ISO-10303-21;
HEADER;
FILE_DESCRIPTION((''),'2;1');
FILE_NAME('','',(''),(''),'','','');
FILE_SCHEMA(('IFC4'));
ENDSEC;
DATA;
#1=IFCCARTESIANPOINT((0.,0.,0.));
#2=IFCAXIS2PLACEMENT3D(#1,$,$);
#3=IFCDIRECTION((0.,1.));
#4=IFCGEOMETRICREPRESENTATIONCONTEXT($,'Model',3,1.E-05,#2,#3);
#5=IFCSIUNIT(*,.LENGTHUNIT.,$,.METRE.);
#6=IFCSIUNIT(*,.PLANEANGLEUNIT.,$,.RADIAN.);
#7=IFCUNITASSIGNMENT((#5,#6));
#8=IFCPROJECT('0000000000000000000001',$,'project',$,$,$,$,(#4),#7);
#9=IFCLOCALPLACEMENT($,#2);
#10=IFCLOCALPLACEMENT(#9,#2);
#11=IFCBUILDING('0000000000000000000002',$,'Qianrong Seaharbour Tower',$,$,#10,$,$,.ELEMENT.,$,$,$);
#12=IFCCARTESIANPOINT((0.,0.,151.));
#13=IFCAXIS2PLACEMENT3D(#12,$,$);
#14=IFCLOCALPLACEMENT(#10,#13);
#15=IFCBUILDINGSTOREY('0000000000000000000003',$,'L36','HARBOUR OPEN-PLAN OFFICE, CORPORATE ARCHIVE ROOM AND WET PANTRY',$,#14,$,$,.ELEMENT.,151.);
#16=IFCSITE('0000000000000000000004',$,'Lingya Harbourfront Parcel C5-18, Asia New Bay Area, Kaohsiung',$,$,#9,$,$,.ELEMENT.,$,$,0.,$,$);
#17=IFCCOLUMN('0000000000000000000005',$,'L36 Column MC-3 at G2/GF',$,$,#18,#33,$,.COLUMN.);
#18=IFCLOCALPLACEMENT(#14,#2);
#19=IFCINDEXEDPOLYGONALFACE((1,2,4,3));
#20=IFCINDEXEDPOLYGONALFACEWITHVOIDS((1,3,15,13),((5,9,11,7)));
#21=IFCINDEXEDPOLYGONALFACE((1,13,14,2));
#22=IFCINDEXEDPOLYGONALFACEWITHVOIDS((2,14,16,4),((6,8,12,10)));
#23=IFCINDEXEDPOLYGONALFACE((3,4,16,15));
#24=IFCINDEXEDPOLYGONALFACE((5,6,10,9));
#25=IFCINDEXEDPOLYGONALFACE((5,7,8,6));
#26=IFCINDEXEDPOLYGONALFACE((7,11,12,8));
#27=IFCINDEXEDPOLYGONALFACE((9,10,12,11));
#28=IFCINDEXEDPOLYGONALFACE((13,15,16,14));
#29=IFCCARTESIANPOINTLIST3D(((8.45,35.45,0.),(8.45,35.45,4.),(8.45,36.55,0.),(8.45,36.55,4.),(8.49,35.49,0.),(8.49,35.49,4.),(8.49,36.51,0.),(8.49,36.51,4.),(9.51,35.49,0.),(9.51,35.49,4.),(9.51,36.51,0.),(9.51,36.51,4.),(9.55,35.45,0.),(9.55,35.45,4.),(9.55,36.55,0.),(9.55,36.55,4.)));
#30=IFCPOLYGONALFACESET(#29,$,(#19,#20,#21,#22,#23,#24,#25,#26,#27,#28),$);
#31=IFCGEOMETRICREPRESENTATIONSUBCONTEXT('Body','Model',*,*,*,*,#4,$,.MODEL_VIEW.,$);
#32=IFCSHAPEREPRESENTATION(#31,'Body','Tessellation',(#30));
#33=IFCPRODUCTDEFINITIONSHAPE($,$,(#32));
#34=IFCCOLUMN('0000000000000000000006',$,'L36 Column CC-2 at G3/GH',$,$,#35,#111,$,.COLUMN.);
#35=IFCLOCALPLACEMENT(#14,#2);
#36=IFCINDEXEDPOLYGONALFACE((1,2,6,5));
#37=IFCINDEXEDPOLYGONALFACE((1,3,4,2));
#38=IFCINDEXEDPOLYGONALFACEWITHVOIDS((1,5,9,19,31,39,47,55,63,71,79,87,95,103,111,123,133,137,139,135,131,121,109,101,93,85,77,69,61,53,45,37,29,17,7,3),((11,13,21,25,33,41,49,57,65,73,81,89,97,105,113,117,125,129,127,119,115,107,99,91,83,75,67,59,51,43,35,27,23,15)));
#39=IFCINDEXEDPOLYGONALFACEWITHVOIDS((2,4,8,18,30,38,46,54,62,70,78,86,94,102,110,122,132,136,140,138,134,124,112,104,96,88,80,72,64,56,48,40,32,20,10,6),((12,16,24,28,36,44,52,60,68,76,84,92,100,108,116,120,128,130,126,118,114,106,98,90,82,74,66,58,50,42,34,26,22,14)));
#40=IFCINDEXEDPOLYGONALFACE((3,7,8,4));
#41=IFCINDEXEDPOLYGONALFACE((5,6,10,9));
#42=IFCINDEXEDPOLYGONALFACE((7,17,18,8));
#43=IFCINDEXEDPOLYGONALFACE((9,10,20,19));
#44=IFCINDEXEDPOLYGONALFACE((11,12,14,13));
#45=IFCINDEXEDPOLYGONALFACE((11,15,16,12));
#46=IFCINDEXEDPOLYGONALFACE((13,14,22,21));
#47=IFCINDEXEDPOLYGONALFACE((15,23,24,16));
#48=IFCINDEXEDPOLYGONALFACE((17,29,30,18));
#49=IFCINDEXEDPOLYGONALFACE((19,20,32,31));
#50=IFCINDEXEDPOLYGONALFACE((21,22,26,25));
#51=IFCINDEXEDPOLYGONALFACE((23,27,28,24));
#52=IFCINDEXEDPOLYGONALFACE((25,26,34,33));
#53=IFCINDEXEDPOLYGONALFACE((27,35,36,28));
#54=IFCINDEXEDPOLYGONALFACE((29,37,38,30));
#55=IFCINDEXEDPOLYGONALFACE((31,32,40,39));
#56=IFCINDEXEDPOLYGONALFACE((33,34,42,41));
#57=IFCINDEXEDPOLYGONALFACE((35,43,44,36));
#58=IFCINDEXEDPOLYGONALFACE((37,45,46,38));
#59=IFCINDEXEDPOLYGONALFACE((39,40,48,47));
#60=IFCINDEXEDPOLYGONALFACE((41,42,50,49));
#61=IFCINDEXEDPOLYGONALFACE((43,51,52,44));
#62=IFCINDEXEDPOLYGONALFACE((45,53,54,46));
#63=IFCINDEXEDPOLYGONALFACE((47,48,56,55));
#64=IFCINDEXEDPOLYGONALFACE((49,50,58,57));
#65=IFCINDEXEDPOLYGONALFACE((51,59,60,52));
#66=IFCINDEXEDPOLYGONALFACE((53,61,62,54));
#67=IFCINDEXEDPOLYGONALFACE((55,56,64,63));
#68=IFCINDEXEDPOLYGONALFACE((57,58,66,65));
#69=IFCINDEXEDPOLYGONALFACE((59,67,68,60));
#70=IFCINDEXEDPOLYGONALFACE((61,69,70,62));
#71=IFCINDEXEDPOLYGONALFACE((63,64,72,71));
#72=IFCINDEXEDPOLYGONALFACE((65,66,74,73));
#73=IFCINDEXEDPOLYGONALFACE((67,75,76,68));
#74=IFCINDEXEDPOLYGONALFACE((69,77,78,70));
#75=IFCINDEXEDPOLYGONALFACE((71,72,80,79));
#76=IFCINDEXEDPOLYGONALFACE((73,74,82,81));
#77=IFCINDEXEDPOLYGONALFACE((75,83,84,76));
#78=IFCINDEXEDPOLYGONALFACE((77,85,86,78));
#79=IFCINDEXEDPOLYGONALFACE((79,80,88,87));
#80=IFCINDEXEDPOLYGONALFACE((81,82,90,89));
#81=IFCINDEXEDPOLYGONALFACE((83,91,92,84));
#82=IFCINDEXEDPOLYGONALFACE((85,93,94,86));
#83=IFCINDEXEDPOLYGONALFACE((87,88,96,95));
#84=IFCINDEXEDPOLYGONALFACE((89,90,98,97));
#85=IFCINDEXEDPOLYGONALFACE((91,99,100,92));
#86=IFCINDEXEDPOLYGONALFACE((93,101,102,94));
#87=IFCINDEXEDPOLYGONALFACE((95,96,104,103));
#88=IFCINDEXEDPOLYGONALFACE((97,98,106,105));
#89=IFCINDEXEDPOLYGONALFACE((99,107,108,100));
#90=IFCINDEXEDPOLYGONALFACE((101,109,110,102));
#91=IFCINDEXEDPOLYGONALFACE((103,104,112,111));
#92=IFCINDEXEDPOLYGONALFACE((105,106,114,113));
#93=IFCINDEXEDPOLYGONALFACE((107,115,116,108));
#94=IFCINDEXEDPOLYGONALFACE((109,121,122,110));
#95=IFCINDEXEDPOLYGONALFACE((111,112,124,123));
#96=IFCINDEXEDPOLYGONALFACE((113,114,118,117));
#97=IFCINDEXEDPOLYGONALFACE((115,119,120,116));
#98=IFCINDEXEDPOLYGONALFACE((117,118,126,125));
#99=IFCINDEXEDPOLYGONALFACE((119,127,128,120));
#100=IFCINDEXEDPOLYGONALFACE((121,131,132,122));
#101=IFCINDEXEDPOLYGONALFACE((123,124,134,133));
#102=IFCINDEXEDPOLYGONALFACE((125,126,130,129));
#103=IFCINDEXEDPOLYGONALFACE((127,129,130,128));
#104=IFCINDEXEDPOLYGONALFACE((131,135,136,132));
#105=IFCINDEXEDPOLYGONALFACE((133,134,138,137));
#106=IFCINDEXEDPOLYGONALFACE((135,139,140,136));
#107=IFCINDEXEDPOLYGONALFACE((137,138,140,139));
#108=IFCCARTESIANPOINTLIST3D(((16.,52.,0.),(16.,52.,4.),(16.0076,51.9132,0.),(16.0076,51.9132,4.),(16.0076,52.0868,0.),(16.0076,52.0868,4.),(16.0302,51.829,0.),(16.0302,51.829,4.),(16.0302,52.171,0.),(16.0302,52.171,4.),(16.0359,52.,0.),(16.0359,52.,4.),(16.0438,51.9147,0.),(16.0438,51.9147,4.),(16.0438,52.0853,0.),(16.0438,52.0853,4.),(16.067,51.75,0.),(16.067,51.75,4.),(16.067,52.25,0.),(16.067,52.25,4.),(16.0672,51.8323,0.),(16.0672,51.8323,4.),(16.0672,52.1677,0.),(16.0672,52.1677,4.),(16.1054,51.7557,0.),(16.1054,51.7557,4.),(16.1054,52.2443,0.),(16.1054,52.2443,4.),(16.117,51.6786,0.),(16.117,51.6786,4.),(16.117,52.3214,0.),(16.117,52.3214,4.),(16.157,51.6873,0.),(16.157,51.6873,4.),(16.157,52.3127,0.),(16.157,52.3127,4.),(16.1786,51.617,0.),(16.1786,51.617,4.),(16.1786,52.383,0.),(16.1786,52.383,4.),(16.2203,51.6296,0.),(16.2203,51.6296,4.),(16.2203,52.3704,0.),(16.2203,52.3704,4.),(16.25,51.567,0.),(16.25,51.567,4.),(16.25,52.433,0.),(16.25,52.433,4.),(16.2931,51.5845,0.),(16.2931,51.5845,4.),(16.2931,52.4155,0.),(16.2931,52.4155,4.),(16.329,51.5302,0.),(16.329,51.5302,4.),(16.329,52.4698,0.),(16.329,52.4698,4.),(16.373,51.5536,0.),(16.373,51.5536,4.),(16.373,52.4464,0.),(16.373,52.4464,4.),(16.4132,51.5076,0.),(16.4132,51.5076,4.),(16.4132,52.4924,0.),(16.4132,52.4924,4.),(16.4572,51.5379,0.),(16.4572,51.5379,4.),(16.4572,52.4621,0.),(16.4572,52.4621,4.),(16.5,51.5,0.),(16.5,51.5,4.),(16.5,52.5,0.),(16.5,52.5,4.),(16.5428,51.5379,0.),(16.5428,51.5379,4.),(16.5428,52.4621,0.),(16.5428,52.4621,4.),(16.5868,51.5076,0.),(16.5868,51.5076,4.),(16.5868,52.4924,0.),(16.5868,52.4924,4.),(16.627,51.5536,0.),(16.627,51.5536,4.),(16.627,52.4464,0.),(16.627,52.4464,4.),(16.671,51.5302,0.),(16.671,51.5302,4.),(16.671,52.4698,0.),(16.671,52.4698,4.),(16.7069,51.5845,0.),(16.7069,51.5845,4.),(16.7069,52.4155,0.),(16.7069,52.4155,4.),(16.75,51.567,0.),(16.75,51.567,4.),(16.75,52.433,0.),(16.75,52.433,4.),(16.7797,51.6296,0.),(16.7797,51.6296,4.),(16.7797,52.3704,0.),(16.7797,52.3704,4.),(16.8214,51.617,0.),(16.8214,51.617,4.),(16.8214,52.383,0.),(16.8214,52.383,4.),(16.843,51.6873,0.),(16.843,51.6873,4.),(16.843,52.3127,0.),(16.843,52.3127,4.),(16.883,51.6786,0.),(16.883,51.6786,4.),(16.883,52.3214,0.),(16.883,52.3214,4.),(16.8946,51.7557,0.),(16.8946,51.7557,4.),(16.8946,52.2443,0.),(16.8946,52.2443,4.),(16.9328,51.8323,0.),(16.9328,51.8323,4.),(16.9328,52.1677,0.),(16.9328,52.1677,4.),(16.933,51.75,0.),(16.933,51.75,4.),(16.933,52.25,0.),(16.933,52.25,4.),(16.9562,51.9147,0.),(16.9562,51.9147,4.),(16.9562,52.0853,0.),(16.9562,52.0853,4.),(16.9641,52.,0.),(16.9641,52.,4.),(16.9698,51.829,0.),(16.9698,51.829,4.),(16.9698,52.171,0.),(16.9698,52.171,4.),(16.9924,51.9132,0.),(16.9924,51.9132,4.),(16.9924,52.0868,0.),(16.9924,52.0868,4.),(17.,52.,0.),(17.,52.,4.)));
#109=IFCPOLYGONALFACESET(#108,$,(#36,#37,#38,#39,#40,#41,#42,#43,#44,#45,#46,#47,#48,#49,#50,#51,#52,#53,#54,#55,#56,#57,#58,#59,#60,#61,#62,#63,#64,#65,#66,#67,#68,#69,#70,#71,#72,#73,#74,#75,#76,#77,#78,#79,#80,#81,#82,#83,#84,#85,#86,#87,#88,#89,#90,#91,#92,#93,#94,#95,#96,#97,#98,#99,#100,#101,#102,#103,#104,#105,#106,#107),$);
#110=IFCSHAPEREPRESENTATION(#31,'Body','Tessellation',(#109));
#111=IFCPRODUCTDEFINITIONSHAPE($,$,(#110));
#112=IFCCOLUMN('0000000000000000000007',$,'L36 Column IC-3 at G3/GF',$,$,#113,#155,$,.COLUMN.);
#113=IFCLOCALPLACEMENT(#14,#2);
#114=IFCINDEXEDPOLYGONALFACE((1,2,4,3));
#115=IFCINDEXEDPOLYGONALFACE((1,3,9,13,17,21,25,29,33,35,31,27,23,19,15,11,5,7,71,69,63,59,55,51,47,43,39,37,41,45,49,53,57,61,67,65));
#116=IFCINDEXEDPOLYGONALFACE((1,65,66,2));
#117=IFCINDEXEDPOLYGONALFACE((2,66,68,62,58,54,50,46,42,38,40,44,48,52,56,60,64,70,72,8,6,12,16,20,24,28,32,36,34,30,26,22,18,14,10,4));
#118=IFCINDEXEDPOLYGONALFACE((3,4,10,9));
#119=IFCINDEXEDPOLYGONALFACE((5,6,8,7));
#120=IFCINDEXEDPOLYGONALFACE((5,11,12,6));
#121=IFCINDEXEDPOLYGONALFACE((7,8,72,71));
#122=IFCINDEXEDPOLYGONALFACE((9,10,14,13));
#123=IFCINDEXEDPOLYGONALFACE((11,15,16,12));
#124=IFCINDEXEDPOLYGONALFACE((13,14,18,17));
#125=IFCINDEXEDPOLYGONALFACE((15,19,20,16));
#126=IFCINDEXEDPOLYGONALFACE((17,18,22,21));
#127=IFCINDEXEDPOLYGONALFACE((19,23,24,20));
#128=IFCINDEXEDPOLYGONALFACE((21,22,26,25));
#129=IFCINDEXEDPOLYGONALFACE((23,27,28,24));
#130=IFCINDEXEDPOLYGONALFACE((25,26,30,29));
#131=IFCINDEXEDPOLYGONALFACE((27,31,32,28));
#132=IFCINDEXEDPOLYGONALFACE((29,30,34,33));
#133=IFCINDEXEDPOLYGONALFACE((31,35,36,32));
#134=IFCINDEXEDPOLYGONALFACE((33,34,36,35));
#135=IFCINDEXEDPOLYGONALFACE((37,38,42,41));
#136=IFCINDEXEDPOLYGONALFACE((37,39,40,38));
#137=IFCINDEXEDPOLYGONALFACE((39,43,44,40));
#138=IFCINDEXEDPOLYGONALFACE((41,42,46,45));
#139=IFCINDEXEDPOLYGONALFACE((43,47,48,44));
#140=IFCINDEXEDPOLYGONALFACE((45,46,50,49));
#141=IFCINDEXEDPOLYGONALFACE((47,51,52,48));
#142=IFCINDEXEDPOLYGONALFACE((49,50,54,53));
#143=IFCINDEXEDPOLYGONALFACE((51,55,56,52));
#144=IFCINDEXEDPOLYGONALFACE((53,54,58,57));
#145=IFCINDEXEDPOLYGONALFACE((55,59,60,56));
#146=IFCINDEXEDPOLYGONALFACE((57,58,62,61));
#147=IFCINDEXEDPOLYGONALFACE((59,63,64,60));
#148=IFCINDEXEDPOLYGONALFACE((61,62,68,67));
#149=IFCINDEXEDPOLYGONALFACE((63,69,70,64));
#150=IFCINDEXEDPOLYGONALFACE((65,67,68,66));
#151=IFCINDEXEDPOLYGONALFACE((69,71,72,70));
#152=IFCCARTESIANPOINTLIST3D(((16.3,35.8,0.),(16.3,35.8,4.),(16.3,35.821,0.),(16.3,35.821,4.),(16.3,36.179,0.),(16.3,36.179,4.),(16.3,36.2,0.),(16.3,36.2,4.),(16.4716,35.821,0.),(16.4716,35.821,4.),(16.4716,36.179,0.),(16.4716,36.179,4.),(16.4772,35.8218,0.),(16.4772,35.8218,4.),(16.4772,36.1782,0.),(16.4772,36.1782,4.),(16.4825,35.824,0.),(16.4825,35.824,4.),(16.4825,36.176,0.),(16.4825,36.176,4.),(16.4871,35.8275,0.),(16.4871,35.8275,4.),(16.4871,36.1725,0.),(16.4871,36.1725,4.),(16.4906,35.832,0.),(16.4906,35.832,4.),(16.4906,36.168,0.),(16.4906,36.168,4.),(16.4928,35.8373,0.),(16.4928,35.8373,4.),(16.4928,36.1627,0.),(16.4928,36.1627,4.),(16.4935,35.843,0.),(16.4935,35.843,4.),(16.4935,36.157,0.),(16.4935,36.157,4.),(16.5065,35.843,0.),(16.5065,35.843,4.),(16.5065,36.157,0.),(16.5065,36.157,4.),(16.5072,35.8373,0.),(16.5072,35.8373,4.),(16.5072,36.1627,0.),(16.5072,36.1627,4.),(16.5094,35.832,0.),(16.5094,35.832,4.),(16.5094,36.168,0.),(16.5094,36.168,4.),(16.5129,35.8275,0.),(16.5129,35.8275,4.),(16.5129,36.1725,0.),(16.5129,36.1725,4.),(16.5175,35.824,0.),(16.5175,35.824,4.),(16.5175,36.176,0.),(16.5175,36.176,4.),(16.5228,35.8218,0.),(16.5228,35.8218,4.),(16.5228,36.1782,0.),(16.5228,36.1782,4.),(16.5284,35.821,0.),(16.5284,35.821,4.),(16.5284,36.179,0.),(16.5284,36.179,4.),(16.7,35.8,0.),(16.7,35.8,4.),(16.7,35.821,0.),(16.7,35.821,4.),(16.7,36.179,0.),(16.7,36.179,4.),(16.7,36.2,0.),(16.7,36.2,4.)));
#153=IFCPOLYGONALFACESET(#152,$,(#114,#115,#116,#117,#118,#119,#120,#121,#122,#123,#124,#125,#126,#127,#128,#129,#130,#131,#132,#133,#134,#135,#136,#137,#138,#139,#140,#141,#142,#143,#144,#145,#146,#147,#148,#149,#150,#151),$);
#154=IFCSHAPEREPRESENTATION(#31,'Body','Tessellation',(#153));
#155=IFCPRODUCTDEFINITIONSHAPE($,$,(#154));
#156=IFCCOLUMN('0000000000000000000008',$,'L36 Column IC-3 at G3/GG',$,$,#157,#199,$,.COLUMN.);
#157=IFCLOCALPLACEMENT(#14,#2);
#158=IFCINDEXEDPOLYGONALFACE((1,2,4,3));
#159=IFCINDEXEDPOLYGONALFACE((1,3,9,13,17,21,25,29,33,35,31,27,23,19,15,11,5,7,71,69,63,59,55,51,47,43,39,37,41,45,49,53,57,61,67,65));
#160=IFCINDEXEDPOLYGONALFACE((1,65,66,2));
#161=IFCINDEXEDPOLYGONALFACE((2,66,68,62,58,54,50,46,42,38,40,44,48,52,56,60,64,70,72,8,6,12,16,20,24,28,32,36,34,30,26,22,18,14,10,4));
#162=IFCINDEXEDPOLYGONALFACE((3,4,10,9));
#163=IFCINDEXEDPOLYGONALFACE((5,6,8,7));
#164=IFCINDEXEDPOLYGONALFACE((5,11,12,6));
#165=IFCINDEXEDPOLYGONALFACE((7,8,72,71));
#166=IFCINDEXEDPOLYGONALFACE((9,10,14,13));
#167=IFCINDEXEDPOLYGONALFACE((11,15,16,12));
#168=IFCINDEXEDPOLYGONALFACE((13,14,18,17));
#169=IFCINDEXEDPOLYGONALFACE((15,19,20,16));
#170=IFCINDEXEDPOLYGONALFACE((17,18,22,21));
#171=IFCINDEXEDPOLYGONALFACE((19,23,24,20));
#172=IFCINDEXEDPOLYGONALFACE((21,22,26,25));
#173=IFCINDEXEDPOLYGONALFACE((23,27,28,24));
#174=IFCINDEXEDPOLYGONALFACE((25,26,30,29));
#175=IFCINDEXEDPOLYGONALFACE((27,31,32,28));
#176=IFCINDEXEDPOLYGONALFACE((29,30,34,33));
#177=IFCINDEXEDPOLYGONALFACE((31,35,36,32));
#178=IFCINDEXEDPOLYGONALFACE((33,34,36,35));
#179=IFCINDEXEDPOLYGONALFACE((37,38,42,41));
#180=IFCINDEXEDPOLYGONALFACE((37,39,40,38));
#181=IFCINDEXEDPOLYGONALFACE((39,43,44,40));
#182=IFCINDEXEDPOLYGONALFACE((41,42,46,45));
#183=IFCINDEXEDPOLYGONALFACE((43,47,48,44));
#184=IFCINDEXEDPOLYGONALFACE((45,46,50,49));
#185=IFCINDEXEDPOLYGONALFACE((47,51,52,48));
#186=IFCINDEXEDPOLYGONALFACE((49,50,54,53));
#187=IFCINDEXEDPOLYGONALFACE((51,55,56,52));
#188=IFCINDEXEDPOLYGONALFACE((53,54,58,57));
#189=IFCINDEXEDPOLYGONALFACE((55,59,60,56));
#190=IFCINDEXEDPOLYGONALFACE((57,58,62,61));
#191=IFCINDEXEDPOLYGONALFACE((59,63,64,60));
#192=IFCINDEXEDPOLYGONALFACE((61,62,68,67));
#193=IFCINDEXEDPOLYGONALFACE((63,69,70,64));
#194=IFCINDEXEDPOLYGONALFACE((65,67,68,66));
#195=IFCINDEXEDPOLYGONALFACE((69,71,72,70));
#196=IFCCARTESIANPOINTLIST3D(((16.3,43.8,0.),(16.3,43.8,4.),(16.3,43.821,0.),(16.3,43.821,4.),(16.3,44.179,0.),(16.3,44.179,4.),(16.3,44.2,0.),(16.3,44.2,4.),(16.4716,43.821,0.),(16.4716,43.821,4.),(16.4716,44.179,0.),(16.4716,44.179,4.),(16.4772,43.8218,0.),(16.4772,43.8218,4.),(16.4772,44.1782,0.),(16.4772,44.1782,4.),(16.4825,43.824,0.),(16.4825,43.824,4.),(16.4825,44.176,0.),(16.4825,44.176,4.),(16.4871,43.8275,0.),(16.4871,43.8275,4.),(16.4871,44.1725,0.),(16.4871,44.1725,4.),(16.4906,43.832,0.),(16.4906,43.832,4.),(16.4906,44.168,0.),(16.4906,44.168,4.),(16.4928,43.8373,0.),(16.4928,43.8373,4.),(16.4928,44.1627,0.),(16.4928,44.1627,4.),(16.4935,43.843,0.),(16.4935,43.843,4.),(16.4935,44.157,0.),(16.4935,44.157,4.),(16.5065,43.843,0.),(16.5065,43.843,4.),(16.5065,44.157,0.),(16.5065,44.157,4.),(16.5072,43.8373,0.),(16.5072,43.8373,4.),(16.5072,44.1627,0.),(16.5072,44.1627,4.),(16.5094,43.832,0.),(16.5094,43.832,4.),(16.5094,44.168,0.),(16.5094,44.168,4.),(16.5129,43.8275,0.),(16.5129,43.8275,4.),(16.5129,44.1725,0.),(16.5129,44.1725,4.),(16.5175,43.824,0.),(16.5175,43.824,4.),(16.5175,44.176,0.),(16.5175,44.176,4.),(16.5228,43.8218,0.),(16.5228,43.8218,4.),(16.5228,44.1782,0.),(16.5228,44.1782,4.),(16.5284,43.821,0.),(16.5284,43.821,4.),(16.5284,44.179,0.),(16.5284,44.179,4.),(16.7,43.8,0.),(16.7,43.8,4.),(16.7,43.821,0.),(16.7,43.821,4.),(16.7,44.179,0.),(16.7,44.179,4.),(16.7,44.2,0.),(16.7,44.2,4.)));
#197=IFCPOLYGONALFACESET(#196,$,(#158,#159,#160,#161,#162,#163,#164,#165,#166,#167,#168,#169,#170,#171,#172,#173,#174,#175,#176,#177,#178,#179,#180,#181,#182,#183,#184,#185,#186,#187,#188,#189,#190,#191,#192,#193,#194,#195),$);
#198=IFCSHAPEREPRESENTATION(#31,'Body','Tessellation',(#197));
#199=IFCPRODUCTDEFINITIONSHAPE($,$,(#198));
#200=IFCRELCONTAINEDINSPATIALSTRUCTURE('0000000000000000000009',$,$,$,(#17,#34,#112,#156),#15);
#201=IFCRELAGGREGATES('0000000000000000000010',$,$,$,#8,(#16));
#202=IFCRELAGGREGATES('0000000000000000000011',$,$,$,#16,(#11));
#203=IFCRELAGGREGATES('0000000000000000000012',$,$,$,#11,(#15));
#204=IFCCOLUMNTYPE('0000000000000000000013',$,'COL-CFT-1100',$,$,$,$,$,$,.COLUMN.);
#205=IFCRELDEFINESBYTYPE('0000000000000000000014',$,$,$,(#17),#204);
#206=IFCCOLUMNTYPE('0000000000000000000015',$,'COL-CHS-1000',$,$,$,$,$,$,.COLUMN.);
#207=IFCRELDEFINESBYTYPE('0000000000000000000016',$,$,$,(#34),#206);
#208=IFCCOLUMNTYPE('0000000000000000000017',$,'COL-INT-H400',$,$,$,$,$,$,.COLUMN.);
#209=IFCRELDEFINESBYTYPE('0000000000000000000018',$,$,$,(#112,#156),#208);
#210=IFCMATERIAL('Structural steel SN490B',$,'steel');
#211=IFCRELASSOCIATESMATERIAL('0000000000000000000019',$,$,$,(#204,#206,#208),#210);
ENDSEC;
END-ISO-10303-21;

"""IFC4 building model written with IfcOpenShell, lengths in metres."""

from ifc_helpers import new_model, si_unit, direction, frame, origin, origin_2d, place, context, subcontext, project, spatial, hollow_rectangle, hollow_circle, i_section, extrude, material, material_profile, profile_set, type_object, element, save


model = new_model("IFC4")

# Units and contexts
model_context = context("Model", 3, precision=1e-05, world=origin(), true_north=direction((0.0, 1.0)))
body_context = subcontext(model_context, "Body", "Model", "MODEL_VIEW")
ifc_project = project(units=[si_unit("LENGTHUNIT", "METRE"), si_unit("PLANEANGLEUNIT", "RADIAN")], contexts=[model_context])

# Site, building, storey
site_placement = place(None, origin())
site = spatial("IfcSite", under=ifc_project, at=site_placement, Name="Lingya Harbourfront Parcel C5-18, Asia New Bay Area, Kaohsiung", CompositionType="ELEMENT", RefElevation=0.0)
building_placement = place(site_placement, origin())
building = spatial("IfcBuilding", under=site, at=building_placement, Name="Qianrong Seaharbour Tower", CompositionType="ELEMENT")
storey_placement = place(building_placement, frame((0.0, 0.0, 151.0)))
storey = spatial("IfcBuildingStorey", under=building, at=storey_placement, Name="L36", Description="HARBOUR OPEN-PLAN OFFICE, CORPORATE ARCHIVE ROOM AND WET PANTRY", CompositionType="ELEMENT", Elevation=151.0)

# Columns
ifc_material_1 = material(Name="Structural steel SN490B", Category="steel")
ifc_material_profile_1 = material_profile(ifc_material_1, hollow_rectangle(XDim=1.1001, YDim=1.1001, WallThickness=0.04, at=origin_2d()), Name="BOX1100x1100x40")
ifc_profile_set_1 = profile_set([ifc_material_profile_1], Name="Structural steel SN490B")
column_type_1 = type_object("IfcColumnType", Name="COL-CFT-1100", PredefinedType="COLUMN", material=ifc_profile_set_1)
column_1_placement = place(storey_placement, frame((9.0, 36.0, 0.0), z_axis=(0.0, 0.0, 1.0), x_axis=(1.0, 0.0, 0.0)))
element("IfcColumn", 1, at=column_1_placement, inside=storey, type_object=column_type_1, Name="L36 Column MC-3 at G2/GF", PredefinedType="COLUMN", context=body_context, shape_type="SweptSolid", body=[
    extrude(hollow_rectangle(XDim=1.1001, YDim=1.1001, WallThickness=0.04, at=origin_2d()), origin(), (0.0, 0.0, 1.0), 4.0),
])
ifc_material_profile_2 = material_profile(ifc_material_1, hollow_circle(Radius=0.5, WallThickness=0.0359, at=origin_2d()), Name="CHS1000x36")
ifc_profile_set_2 = profile_set([ifc_material_profile_2], Name="Structural steel SN490B")
column_type_2 = type_object("IfcColumnType", Name="COL-CHS-1000", PredefinedType="COLUMN", material=ifc_profile_set_2)
column_2_placement = place(storey_placement, frame((16.5, 52.0, 0.0), z_axis=(0.0, 0.0, 1.0), x_axis=(1.0, 0.0, 0.0)))
element("IfcColumn", 2, at=column_2_placement, inside=storey, type_object=column_type_2, Name="L36 Column CC-2 at G3/GH", PredefinedType="COLUMN", context=body_context, shape_type="SweptSolid", body=[
    extrude(hollow_circle(Radius=0.5, WallThickness=0.0359, at=origin_2d()), origin(), (0.0, 0.0, 1.0), 4.0),
])
ifc_material_profile_3 = material_profile(ifc_material_1, i_section(OverallWidth=0.3999, OverallDepth=0.3999, WebThickness=0.0129, FlangeThickness=0.021, FilletRadius=0.022, at=origin_2d()), Name="H400x400x13x21")
ifc_profile_set_3 = profile_set([ifc_material_profile_3], Name="Structural steel SN490B")
column_type_3 = type_object("IfcColumnType", Name="COL-INT-H400", PredefinedType="COLUMN", material=ifc_profile_set_3)
for number, where, z_axis, x_axis, name in (
    (3, (16.5, 36.0, 0.0), (0.0, 0.0, 1.0), (1.0, 0.0, 0.0), "L36 Column IC-3 at G3/GF"),
    (4, (16.5, 44.0, 0.0), (0.0, 0.0, 1.0), (1.0, 0.0, 0.0), "L36 Column IC-3 at G3/GG"),
):
    element("IfcColumn", number, at=place(storey_placement, frame(where, z_axis=z_axis, x_axis=x_axis)), inside=storey, type_object=column_type_3, Name=name, PredefinedType="COLUMN", context=body_context, shape_type="SweptSolid", body=[
        extrude(i_section(OverallWidth=0.3999, OverallDepth=0.3999, WebThickness=0.0129, FlangeThickness=0.021, FilletRadius=0.022, at=origin_2d()), origin(), (0.0, 0.0, 1.0), 4.0),
    ])

save(model, "model.ifc")
